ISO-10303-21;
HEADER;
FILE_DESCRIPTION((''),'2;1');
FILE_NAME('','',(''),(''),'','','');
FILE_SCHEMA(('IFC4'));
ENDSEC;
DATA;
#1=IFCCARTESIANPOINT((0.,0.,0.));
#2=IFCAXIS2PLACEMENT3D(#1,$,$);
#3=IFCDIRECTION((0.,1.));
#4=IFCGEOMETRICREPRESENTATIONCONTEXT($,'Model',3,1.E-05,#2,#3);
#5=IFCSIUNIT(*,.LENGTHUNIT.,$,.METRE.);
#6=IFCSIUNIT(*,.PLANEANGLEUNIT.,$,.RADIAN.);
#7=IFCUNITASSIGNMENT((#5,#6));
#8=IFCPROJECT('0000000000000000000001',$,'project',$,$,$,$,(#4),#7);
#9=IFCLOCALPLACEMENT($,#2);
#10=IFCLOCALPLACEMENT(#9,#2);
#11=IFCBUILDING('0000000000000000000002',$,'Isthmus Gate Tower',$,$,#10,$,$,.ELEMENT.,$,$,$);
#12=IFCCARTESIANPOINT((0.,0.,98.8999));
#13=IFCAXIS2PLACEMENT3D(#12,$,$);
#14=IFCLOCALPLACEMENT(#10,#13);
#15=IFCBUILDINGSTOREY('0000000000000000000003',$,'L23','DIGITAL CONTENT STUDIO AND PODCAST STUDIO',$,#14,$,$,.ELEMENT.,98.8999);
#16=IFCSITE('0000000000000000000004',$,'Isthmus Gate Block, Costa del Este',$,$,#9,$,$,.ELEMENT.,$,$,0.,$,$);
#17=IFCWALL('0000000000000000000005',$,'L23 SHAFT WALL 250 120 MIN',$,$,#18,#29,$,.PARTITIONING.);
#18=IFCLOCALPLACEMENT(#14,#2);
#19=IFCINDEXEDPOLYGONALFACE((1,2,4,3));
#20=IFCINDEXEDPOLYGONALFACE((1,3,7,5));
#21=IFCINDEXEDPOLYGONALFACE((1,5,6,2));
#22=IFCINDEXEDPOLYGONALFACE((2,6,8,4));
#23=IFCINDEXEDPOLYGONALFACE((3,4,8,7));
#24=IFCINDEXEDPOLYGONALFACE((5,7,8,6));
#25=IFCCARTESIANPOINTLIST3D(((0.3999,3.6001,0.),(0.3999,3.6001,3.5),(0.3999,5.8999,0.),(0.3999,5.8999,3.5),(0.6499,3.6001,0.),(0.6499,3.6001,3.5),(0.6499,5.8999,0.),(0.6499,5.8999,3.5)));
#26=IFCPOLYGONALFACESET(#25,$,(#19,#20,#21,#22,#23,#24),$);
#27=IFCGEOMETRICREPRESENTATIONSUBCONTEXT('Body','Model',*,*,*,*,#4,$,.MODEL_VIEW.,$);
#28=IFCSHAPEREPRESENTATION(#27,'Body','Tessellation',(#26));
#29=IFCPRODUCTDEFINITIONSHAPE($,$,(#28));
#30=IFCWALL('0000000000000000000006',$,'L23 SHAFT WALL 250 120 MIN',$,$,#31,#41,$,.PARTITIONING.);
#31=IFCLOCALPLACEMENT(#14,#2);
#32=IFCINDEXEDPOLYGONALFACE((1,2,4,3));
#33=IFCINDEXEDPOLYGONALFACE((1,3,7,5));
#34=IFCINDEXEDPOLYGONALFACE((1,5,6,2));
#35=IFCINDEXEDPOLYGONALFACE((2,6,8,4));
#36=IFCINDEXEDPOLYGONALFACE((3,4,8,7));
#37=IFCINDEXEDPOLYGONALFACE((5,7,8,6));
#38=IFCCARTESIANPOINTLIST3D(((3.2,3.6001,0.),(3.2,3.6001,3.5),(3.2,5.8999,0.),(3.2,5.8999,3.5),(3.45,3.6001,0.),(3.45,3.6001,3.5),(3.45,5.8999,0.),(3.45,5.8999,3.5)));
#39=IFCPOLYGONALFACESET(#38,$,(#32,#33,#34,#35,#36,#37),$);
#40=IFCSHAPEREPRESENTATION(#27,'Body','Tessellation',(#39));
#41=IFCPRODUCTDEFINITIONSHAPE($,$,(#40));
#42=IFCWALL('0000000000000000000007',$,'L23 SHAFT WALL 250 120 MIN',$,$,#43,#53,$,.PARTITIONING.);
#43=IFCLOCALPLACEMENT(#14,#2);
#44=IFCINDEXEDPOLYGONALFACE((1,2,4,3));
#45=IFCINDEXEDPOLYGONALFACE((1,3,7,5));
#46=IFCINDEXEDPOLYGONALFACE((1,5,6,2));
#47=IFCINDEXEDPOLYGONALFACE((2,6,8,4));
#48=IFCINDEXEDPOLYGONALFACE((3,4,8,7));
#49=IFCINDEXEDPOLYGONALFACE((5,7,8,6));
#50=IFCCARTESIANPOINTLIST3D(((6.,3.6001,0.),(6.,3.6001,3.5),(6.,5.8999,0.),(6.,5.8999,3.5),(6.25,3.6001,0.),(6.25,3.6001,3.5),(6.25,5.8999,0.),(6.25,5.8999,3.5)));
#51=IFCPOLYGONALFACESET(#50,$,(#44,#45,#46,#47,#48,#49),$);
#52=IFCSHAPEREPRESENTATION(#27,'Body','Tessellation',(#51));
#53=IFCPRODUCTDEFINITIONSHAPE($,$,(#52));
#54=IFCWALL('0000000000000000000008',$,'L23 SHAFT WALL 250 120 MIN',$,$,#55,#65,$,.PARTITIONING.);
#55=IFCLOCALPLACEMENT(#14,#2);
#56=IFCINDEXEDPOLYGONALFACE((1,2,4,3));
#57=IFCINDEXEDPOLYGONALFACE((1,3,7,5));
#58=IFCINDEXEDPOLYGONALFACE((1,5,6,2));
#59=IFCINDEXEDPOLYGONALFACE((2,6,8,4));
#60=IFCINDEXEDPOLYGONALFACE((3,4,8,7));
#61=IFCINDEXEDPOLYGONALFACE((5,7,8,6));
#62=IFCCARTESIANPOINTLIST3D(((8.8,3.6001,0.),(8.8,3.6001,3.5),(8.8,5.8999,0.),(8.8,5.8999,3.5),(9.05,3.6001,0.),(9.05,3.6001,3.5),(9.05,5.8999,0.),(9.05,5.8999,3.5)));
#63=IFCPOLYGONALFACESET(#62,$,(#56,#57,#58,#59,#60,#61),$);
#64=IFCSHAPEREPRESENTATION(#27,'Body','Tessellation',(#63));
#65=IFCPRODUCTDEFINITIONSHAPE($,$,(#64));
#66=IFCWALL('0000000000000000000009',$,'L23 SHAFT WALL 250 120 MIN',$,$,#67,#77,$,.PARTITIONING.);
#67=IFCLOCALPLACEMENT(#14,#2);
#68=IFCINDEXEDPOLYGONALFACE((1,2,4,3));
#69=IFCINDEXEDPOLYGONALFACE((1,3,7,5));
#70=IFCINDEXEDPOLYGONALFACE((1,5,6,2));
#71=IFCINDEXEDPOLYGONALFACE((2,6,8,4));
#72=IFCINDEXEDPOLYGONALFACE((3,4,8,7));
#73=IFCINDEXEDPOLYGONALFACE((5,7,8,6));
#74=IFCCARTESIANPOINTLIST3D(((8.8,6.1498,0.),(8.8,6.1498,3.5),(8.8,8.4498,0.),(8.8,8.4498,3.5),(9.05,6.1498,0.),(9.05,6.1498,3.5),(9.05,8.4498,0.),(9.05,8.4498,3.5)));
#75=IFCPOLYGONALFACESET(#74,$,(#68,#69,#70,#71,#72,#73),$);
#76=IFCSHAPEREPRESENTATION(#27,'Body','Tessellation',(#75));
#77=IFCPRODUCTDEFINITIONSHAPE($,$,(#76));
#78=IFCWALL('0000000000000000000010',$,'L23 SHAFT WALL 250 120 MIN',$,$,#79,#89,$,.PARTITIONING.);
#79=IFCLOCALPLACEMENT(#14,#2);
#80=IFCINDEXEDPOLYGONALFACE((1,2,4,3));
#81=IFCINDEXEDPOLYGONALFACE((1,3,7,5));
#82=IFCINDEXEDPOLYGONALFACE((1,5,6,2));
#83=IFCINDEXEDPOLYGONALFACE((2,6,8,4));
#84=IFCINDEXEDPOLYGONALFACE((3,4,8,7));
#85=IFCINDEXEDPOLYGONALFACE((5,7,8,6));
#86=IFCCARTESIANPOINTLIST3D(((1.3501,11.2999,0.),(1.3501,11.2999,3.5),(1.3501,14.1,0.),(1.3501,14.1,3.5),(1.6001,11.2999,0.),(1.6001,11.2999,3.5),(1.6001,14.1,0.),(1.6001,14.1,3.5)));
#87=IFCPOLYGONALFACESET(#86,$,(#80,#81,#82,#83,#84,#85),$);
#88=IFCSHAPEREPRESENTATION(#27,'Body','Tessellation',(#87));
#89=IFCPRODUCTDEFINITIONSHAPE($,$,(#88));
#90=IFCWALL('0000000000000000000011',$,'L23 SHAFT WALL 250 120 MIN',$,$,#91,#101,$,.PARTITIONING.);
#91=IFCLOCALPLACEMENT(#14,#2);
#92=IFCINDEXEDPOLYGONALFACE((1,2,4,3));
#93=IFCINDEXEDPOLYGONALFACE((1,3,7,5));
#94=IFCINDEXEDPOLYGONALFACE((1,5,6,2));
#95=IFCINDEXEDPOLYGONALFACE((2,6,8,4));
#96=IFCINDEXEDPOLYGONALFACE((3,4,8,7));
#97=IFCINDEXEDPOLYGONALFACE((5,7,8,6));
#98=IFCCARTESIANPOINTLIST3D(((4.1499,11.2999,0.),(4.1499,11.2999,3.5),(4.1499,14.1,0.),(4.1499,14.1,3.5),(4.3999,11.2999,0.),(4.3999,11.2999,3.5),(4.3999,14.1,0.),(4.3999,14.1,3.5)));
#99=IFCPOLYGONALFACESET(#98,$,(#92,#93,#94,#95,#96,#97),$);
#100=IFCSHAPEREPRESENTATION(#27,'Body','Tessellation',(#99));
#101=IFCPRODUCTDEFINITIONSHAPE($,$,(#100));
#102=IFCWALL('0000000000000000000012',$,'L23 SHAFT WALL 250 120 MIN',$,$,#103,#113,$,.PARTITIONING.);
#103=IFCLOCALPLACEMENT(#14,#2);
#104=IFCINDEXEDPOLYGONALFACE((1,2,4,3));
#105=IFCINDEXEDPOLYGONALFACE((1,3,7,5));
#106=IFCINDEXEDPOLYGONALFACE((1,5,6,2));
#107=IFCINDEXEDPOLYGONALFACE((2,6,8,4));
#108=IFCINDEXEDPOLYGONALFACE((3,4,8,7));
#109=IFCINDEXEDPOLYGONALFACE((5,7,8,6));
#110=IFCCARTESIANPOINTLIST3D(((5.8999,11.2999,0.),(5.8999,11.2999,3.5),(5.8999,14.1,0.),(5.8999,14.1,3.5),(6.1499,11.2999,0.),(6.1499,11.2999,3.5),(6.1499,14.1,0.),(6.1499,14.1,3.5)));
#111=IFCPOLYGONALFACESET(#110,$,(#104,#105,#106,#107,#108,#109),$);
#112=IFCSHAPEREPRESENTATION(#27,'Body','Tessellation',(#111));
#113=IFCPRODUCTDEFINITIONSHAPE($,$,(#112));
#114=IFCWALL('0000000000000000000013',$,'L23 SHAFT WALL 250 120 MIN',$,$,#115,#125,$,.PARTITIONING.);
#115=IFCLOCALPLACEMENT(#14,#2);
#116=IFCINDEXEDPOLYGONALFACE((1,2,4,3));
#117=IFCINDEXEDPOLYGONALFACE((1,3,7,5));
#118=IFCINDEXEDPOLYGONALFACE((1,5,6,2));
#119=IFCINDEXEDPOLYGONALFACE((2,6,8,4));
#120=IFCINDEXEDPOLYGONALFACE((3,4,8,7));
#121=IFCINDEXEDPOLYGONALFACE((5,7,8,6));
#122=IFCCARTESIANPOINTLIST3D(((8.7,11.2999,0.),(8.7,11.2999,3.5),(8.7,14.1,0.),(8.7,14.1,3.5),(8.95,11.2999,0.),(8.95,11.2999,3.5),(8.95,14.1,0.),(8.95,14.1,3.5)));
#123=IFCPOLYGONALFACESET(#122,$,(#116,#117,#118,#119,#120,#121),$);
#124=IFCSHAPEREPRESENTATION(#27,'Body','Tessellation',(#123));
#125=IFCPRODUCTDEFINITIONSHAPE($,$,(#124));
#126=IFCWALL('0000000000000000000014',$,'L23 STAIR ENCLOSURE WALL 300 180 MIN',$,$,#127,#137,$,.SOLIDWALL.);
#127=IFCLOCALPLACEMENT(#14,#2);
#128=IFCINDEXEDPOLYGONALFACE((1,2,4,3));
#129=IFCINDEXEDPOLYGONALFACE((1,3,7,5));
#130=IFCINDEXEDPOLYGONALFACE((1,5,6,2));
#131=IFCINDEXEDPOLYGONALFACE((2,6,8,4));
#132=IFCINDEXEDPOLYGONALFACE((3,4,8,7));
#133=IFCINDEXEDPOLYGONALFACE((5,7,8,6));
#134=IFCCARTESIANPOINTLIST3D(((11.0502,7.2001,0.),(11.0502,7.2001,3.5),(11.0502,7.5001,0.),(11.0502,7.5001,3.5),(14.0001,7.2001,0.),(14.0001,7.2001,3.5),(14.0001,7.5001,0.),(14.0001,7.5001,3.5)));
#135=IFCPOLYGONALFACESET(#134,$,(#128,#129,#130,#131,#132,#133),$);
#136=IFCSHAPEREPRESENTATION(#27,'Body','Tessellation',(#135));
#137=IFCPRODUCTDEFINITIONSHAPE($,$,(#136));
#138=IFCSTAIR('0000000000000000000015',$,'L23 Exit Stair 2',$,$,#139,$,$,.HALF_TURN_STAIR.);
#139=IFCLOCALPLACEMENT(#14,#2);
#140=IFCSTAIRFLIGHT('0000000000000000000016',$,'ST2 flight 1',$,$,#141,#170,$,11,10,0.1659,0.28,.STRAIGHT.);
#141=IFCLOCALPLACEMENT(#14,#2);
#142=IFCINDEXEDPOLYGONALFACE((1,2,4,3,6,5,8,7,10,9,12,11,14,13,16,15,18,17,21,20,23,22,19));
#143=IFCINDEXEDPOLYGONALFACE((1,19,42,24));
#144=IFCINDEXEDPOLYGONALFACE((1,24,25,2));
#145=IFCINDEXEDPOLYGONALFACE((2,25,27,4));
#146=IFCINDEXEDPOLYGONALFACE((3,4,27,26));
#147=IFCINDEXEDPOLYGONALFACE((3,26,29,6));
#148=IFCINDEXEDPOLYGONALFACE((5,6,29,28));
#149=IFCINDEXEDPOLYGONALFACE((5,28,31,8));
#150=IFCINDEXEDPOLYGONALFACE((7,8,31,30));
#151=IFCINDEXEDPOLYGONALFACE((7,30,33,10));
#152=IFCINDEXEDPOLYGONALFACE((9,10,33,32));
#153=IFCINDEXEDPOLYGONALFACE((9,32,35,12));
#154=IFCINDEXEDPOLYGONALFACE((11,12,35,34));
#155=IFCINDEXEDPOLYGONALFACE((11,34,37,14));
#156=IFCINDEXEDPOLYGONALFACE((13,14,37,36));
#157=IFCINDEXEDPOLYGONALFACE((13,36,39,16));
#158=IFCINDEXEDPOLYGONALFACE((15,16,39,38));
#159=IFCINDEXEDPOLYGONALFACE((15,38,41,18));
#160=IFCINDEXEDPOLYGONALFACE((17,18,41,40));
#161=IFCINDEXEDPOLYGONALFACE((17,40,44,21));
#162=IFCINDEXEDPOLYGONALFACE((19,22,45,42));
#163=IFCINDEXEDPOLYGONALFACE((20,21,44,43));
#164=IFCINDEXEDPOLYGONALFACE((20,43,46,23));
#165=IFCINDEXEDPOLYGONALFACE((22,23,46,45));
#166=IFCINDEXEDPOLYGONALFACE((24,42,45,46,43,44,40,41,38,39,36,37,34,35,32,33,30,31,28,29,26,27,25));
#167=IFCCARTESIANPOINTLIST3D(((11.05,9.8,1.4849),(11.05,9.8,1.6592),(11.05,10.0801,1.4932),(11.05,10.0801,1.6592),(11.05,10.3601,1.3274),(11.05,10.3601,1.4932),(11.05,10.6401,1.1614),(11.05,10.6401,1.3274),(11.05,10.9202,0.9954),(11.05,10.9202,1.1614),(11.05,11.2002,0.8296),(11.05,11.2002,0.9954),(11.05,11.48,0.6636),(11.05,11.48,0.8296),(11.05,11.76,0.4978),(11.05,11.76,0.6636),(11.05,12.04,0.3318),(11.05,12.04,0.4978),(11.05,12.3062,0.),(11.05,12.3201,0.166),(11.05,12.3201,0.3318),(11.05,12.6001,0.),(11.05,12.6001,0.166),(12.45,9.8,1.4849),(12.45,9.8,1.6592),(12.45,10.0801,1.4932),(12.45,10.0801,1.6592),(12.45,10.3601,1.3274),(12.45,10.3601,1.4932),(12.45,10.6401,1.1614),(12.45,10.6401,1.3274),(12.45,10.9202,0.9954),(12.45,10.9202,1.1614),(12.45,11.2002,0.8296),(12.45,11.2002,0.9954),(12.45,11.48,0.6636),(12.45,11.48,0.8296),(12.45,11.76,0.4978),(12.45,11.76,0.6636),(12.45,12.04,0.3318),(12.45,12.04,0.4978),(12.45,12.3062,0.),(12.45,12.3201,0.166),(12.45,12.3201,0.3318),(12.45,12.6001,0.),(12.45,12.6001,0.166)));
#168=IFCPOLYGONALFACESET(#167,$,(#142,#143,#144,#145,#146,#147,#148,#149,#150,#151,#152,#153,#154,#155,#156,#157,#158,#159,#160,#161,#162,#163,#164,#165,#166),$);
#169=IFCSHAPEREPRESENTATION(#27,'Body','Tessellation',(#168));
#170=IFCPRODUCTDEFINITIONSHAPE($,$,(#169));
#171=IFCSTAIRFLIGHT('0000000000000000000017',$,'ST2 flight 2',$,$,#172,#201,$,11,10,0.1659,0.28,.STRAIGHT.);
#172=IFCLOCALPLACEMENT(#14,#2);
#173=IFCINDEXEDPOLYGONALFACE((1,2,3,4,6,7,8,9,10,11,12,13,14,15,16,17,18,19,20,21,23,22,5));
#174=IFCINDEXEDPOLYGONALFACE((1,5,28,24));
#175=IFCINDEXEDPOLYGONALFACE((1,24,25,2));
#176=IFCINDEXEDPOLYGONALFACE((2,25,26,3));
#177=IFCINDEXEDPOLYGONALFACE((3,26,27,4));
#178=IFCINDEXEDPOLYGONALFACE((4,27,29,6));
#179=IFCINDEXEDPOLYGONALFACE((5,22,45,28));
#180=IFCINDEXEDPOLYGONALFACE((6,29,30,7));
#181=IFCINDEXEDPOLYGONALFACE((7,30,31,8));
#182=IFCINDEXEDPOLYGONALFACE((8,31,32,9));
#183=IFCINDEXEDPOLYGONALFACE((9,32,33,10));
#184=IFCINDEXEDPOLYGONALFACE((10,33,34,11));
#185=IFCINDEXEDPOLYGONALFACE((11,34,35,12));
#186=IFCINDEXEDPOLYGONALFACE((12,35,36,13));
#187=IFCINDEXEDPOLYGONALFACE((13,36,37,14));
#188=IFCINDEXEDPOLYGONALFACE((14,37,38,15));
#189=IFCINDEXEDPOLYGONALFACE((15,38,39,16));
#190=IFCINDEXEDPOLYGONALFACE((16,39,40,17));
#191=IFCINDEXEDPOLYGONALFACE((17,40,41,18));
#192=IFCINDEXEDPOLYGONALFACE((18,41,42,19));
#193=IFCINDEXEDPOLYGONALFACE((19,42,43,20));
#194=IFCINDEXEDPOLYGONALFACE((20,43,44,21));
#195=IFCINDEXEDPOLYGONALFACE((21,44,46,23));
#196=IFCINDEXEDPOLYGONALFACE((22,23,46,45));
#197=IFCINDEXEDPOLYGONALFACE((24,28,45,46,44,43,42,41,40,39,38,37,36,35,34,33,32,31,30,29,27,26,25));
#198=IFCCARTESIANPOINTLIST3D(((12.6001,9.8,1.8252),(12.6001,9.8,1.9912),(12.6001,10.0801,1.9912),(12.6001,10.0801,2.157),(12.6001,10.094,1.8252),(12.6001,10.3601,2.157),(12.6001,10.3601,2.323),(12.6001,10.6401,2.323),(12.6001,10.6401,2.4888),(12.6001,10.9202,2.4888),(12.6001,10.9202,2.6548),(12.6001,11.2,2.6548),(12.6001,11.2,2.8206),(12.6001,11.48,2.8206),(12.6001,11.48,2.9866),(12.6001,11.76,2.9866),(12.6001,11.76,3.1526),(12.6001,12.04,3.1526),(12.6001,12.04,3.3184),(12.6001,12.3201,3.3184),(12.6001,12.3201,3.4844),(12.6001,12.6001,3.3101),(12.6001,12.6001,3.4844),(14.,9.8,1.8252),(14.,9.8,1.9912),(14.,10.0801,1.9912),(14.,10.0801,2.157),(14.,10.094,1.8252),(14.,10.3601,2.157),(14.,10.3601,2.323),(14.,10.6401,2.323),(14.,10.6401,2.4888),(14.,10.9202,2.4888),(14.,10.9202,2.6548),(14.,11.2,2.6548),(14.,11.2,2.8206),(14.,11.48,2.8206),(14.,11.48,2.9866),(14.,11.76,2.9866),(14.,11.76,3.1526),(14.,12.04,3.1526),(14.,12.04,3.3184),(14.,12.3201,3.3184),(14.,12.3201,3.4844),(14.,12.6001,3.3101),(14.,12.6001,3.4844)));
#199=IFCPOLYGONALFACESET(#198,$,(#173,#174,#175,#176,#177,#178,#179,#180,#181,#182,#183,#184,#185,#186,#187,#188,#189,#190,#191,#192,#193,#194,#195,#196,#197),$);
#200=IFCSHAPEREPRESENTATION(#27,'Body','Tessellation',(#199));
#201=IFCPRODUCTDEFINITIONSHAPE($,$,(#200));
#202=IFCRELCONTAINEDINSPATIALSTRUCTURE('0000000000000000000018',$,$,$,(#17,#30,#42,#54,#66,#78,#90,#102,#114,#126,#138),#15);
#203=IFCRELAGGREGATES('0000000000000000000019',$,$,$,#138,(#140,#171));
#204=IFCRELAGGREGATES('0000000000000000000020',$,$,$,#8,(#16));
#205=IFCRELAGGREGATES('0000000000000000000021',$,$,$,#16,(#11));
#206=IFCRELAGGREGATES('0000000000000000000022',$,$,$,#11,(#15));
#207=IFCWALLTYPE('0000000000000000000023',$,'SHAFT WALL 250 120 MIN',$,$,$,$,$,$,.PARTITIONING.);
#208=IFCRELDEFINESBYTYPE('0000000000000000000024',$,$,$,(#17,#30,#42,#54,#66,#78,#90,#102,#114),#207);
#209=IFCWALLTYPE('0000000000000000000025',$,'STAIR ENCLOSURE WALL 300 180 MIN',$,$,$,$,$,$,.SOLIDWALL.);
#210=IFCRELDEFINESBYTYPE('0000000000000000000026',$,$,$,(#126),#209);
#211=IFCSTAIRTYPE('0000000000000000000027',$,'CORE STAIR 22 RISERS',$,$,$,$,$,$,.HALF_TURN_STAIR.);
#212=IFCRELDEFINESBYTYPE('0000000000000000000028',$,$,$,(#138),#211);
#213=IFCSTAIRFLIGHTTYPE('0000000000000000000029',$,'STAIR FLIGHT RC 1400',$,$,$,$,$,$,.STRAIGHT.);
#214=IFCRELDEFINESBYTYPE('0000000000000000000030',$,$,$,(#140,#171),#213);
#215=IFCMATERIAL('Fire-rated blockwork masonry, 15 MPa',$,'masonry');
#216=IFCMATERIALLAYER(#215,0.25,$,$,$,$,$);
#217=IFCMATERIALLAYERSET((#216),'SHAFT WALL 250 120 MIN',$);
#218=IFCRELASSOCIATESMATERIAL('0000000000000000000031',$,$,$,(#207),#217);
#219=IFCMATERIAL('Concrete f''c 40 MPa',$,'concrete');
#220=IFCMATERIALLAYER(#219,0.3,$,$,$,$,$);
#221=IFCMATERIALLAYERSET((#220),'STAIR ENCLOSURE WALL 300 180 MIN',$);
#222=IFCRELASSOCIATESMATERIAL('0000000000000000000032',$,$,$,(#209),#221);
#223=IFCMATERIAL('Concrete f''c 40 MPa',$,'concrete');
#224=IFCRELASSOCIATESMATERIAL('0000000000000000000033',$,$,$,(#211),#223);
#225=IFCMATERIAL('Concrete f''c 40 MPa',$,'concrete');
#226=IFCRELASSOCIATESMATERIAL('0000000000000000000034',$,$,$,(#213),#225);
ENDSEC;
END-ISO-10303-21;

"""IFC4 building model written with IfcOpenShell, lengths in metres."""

from ifc_helpers import new_model, si_unit, direction, frame, frame_2d, origin, place, context, subcontext, project, spatial, polyline, rectangle, outline, extrude, material, layer, layer_set, type_object, element, aggregate, save


model = new_model("IFC4")

# Units and contexts
model_context = context("Model", 3, precision=1e-05, world=origin(), true_north=direction((0.0, 1.0)))
body_context = subcontext(model_context, "Body", "Model", "MODEL_VIEW")
ifc_project = project(units=[si_unit("LENGTHUNIT", "METRE"), si_unit("PLANEANGLEUNIT", "RADIAN")], contexts=[model_context])

# Site, building, storey
site_placement = place(None, origin())
site = spatial("IfcSite", under=ifc_project, at=site_placement, Name="Isthmus Gate Block, Costa del Este", CompositionType="ELEMENT", RefElevation=0.0)
building_placement = place(site_placement, origin())
building = spatial("IfcBuilding", under=site, at=building_placement, Name="Isthmus Gate Tower", CompositionType="ELEMENT")
storey_placement = place(building_placement, frame((0.0, 0.0, 98.8999)))
storey = spatial("IfcBuildingStorey", under=building, at=storey_placement, Name="L23", Description="DIGITAL CONTENT STUDIO AND PODCAST STUDIO", CompositionType="ELEMENT", Elevation=98.8999)

# Walls
ifc_material_1 = material(Name="Fire-rated blockwork masonry, 15 MPa", Category="masonry")
ifc_layer_1 = layer(ifc_material_1, 0.25)
ifc_layer_set_1 = layer_set([ifc_layer_1], Name="SHAFT WALL 250 120 MIN")
wall_type_1 = type_object("IfcWallType", Name="SHAFT WALL 250 120 MIN", PredefinedType="PARTITIONING", material=ifc_layer_set_1)
for number, where, z_axis, x_axis, name in (
    (1, (0.5249, 3.6001, 0.0), (0.0, 0.0, 1.0), (0.0, 1.0, 0.0), "L23 SHAFT WALL 250 120 MIN"),
    (2, (3.325, 3.6001, 0.0), (0.0, 0.0, 1.0), (0.0, 1.0, 0.0), "L23 SHAFT WALL 250 120 MIN"),
    (3, (6.125, 3.6001, 0.0), (0.0, 0.0, 1.0), (0.0, 1.0, 0.0), "L23 SHAFT WALL 250 120 MIN"),
    (4, (8.925, 3.6001, 0.0), (0.0, 0.0, 1.0), (0.0, 1.0, 0.0), "L23 SHAFT WALL 250 120 MIN"),
):
    element("IfcWall", number, at=place(storey_placement, frame(where, z_axis=z_axis, x_axis=x_axis)), inside=storey, type_object=wall_type_1, Name=name, PredefinedType="PARTITIONING", context=body_context, shape_type="SweptSolid", body=[
        extrude(rectangle(XDim=2.2998, YDim=0.25, at=frame_2d((1.1499, 0.0))), origin(), (0.0, 0.0, 1.0), 3.5),
    ])
wall_1_placement = place(storey_placement, frame((8.925, 6.1499, 0.0), z_axis=(0.0, 0.0, 1.0), x_axis=(0.0, 1.0, 0.0)))
element("IfcWall", 5, at=wall_1_placement, inside=storey, type_object=wall_type_1, Name="L23 SHAFT WALL 250 120 MIN", PredefinedType="PARTITIONING", context=body_context, shape_type="SweptSolid", body=[
    extrude(rectangle(XDim=2.3, YDim=0.25, at=frame_2d((1.1499, 0.0))), origin(), (0.0, 0.0, 1.0), 3.5),
])
for number, where, z_axis, x_axis, name in (
    (6, (1.4751, 11.3, 0.0), (0.0, 0.0, 1.0), (0.0, 1.0, 0.0), "L23 SHAFT WALL 250 120 MIN"),
    (7, (4.2749, 11.3, 0.0), (0.0, 0.0, 1.0), (0.0, 1.0, 0.0), "L23 SHAFT WALL 250 120 MIN"),
    (8, (6.0249, 11.3, 0.0), (0.0, 0.0, 1.0), (0.0, 1.0, 0.0), "L23 SHAFT WALL 250 120 MIN"),
    (9, (8.825, 11.3, 0.0), (0.0, 0.0, 1.0), (0.0, 1.0, 0.0), "L23 SHAFT WALL 250 120 MIN"),
):
    element("IfcWall", number, at=place(storey_placement, frame(where, z_axis=z_axis, x_axis=x_axis)), inside=storey, type_object=wall_type_1, Name=name, PredefinedType="PARTITIONING", context=body_context, shape_type="SweptSolid", body=[
        extrude(rectangle(XDim=2.8, YDim=0.25, at=frame_2d((1.3999, 0.0))), origin(), (0.0, 0.0, 1.0), 3.5),
    ])
ifc_material_2 = material(Name="Concrete f'c 40 MPa", Category="concrete")
ifc_layer_2 = layer(ifc_material_2, 0.3)
ifc_layer_set_2 = layer_set([ifc_layer_2], Name="STAIR ENCLOSURE WALL 300 180 MIN")
wall_type_2 = type_object("IfcWallType", Name="STAIR ENCLOSURE WALL 300 180 MIN", PredefinedType="SOLIDWALL", material=ifc_layer_set_2)
wall_2_placement = place(storey_placement, frame((11.05, 7.3501, 0.0), z_axis=(0.0, 0.0, 1.0), x_axis=(1.0, 0.0, 0.0)))
element("IfcWall", 10, at=wall_2_placement, inside=storey, type_object=wall_type_2, Name="L23 STAIR ENCLOSURE WALL 300 180 MIN", PredefinedType="SOLIDWALL", context=body_context, shape_type="SweptSolid", body=[
    extrude(rectangle(XDim=2.95, YDim=0.3, at=frame_2d((1.4751, 0.0))), origin(), (0.0, 0.0, 1.0), 3.5),
])

# Stair, stair flights
ifc_material_3 = material(Name="Concrete f'c 40 MPa", Category="concrete")
stair_type = type_object("IfcStairType", Name="CORE STAIR 22 RISERS", PredefinedType="HALF_TURN_STAIR", material=ifc_material_3)
stair_1_placement = place(storey_placement, origin())
stair_1 = element("IfcStair", 11, at=stair_1_placement, inside=storey, type_object=stair_type, Name="L23 Exit Stair 2", PredefinedType="HALF_TURN_STAIR")
ifc_material_4 = material(Name="Concrete f'c 40 MPa", Category="concrete")
stair_flight_type = type_object("IfcStairFlightType", Name="STAIR FLIGHT RC 1400", PredefinedType="STRAIGHT", material=ifc_material_4)
stair_flight_1_placement = place(storey_placement, frame((11.75, 12.6001, 0.0), z_axis=(0.0, 0.0, 1.0), x_axis=(0.0, -1.0, 0.0)))
stair_flight_1 = element("IfcStairFlight", 12, at=stair_flight_1_placement, type_object=stair_flight_type, Name="ST2 flight 1", NumberOfRisers=11, NumberOfTreads=10, PredefinedType="STRAIGHT", RiserHeight=0.1659, TreadLength=0.28, context=body_context, shape_type="SweptSolid", body=[
    extrude(outline(polyline([(0.0, 0.0), (0.0, 0.166), (0.28, 0.166), (0.28, 0.3318), (0.5601, 0.3318), (0.5601, 0.4978), (0.8401, 0.4978), (0.8401, 0.6636), (1.1201, 0.6636), (1.1201, 0.8296), (1.3999, 0.8296), (1.3999, 0.9954), (1.6799, 0.9954), (1.6799, 1.1614), (1.96, 1.1614), (1.96, 1.3274), (2.24, 1.3274), (2.24, 1.4932), (2.52, 1.4932), (2.52, 1.6592), (2.8, 1.6592), (2.8, 1.825), (2.8, 1.4849), (0.2939, 0.0), (0.0, 0.0)])), frame((0.0, 0.7, 0.0), z_axis=(0.0, -1.0, 0.0), x_axis=(1.0, 0.0, 0.0)), (0.0, 0.0, 1.0), 1.3999),
])
stair_flight_2_placement = place(storey_placement, frame((13.3, 9.8, 1.8252), z_axis=(0.0, 0.0, 1.0), x_axis=(0.0, 1.0, 0.0)))
stair_flight_2 = element("IfcStairFlight", 13, at=stair_flight_2_placement, type_object=stair_flight_type, Name="ST2 flight 2", NumberOfRisers=11, NumberOfTreads=10, PredefinedType="STRAIGHT", RiserHeight=0.1659, TreadLength=0.28, context=body_context, shape_type="SweptSolid", body=[
    extrude(outline(polyline([(0.0, 0.0), (0.0, 0.166), (0.28, 0.166), (0.28, 0.3318), (0.5601, 0.3318), (0.5601, 0.4978), (0.8401, 0.4978), (0.8401, 0.6636), (1.1201, 0.6636), (1.1201, 0.8296), (1.3999, 0.8296), (1.3999, 0.9954), (1.6799, 0.9954), (1.6799, 1.1614), (1.96, 1.1614), (1.96, 1.3274), (2.24, 1.3274), (2.24, 1.4932), (2.52, 1.4932), (2.52, 1.6592), (2.8, 1.6592), (2.8, 1.825), (2.8, 1.4849), (0.2939, 0.0), (0.0, 0.0)])), frame((0.0, 0.7, 0.0), z_axis=(0.0, -1.0, 0.0), x_axis=(1.0, 0.0, 0.0)), (0.0, 0.0, 1.0), 1.3999),
])
aggregate(stair_1, [stair_flight_1, stair_flight_2])

save(model, "model.ifc")
